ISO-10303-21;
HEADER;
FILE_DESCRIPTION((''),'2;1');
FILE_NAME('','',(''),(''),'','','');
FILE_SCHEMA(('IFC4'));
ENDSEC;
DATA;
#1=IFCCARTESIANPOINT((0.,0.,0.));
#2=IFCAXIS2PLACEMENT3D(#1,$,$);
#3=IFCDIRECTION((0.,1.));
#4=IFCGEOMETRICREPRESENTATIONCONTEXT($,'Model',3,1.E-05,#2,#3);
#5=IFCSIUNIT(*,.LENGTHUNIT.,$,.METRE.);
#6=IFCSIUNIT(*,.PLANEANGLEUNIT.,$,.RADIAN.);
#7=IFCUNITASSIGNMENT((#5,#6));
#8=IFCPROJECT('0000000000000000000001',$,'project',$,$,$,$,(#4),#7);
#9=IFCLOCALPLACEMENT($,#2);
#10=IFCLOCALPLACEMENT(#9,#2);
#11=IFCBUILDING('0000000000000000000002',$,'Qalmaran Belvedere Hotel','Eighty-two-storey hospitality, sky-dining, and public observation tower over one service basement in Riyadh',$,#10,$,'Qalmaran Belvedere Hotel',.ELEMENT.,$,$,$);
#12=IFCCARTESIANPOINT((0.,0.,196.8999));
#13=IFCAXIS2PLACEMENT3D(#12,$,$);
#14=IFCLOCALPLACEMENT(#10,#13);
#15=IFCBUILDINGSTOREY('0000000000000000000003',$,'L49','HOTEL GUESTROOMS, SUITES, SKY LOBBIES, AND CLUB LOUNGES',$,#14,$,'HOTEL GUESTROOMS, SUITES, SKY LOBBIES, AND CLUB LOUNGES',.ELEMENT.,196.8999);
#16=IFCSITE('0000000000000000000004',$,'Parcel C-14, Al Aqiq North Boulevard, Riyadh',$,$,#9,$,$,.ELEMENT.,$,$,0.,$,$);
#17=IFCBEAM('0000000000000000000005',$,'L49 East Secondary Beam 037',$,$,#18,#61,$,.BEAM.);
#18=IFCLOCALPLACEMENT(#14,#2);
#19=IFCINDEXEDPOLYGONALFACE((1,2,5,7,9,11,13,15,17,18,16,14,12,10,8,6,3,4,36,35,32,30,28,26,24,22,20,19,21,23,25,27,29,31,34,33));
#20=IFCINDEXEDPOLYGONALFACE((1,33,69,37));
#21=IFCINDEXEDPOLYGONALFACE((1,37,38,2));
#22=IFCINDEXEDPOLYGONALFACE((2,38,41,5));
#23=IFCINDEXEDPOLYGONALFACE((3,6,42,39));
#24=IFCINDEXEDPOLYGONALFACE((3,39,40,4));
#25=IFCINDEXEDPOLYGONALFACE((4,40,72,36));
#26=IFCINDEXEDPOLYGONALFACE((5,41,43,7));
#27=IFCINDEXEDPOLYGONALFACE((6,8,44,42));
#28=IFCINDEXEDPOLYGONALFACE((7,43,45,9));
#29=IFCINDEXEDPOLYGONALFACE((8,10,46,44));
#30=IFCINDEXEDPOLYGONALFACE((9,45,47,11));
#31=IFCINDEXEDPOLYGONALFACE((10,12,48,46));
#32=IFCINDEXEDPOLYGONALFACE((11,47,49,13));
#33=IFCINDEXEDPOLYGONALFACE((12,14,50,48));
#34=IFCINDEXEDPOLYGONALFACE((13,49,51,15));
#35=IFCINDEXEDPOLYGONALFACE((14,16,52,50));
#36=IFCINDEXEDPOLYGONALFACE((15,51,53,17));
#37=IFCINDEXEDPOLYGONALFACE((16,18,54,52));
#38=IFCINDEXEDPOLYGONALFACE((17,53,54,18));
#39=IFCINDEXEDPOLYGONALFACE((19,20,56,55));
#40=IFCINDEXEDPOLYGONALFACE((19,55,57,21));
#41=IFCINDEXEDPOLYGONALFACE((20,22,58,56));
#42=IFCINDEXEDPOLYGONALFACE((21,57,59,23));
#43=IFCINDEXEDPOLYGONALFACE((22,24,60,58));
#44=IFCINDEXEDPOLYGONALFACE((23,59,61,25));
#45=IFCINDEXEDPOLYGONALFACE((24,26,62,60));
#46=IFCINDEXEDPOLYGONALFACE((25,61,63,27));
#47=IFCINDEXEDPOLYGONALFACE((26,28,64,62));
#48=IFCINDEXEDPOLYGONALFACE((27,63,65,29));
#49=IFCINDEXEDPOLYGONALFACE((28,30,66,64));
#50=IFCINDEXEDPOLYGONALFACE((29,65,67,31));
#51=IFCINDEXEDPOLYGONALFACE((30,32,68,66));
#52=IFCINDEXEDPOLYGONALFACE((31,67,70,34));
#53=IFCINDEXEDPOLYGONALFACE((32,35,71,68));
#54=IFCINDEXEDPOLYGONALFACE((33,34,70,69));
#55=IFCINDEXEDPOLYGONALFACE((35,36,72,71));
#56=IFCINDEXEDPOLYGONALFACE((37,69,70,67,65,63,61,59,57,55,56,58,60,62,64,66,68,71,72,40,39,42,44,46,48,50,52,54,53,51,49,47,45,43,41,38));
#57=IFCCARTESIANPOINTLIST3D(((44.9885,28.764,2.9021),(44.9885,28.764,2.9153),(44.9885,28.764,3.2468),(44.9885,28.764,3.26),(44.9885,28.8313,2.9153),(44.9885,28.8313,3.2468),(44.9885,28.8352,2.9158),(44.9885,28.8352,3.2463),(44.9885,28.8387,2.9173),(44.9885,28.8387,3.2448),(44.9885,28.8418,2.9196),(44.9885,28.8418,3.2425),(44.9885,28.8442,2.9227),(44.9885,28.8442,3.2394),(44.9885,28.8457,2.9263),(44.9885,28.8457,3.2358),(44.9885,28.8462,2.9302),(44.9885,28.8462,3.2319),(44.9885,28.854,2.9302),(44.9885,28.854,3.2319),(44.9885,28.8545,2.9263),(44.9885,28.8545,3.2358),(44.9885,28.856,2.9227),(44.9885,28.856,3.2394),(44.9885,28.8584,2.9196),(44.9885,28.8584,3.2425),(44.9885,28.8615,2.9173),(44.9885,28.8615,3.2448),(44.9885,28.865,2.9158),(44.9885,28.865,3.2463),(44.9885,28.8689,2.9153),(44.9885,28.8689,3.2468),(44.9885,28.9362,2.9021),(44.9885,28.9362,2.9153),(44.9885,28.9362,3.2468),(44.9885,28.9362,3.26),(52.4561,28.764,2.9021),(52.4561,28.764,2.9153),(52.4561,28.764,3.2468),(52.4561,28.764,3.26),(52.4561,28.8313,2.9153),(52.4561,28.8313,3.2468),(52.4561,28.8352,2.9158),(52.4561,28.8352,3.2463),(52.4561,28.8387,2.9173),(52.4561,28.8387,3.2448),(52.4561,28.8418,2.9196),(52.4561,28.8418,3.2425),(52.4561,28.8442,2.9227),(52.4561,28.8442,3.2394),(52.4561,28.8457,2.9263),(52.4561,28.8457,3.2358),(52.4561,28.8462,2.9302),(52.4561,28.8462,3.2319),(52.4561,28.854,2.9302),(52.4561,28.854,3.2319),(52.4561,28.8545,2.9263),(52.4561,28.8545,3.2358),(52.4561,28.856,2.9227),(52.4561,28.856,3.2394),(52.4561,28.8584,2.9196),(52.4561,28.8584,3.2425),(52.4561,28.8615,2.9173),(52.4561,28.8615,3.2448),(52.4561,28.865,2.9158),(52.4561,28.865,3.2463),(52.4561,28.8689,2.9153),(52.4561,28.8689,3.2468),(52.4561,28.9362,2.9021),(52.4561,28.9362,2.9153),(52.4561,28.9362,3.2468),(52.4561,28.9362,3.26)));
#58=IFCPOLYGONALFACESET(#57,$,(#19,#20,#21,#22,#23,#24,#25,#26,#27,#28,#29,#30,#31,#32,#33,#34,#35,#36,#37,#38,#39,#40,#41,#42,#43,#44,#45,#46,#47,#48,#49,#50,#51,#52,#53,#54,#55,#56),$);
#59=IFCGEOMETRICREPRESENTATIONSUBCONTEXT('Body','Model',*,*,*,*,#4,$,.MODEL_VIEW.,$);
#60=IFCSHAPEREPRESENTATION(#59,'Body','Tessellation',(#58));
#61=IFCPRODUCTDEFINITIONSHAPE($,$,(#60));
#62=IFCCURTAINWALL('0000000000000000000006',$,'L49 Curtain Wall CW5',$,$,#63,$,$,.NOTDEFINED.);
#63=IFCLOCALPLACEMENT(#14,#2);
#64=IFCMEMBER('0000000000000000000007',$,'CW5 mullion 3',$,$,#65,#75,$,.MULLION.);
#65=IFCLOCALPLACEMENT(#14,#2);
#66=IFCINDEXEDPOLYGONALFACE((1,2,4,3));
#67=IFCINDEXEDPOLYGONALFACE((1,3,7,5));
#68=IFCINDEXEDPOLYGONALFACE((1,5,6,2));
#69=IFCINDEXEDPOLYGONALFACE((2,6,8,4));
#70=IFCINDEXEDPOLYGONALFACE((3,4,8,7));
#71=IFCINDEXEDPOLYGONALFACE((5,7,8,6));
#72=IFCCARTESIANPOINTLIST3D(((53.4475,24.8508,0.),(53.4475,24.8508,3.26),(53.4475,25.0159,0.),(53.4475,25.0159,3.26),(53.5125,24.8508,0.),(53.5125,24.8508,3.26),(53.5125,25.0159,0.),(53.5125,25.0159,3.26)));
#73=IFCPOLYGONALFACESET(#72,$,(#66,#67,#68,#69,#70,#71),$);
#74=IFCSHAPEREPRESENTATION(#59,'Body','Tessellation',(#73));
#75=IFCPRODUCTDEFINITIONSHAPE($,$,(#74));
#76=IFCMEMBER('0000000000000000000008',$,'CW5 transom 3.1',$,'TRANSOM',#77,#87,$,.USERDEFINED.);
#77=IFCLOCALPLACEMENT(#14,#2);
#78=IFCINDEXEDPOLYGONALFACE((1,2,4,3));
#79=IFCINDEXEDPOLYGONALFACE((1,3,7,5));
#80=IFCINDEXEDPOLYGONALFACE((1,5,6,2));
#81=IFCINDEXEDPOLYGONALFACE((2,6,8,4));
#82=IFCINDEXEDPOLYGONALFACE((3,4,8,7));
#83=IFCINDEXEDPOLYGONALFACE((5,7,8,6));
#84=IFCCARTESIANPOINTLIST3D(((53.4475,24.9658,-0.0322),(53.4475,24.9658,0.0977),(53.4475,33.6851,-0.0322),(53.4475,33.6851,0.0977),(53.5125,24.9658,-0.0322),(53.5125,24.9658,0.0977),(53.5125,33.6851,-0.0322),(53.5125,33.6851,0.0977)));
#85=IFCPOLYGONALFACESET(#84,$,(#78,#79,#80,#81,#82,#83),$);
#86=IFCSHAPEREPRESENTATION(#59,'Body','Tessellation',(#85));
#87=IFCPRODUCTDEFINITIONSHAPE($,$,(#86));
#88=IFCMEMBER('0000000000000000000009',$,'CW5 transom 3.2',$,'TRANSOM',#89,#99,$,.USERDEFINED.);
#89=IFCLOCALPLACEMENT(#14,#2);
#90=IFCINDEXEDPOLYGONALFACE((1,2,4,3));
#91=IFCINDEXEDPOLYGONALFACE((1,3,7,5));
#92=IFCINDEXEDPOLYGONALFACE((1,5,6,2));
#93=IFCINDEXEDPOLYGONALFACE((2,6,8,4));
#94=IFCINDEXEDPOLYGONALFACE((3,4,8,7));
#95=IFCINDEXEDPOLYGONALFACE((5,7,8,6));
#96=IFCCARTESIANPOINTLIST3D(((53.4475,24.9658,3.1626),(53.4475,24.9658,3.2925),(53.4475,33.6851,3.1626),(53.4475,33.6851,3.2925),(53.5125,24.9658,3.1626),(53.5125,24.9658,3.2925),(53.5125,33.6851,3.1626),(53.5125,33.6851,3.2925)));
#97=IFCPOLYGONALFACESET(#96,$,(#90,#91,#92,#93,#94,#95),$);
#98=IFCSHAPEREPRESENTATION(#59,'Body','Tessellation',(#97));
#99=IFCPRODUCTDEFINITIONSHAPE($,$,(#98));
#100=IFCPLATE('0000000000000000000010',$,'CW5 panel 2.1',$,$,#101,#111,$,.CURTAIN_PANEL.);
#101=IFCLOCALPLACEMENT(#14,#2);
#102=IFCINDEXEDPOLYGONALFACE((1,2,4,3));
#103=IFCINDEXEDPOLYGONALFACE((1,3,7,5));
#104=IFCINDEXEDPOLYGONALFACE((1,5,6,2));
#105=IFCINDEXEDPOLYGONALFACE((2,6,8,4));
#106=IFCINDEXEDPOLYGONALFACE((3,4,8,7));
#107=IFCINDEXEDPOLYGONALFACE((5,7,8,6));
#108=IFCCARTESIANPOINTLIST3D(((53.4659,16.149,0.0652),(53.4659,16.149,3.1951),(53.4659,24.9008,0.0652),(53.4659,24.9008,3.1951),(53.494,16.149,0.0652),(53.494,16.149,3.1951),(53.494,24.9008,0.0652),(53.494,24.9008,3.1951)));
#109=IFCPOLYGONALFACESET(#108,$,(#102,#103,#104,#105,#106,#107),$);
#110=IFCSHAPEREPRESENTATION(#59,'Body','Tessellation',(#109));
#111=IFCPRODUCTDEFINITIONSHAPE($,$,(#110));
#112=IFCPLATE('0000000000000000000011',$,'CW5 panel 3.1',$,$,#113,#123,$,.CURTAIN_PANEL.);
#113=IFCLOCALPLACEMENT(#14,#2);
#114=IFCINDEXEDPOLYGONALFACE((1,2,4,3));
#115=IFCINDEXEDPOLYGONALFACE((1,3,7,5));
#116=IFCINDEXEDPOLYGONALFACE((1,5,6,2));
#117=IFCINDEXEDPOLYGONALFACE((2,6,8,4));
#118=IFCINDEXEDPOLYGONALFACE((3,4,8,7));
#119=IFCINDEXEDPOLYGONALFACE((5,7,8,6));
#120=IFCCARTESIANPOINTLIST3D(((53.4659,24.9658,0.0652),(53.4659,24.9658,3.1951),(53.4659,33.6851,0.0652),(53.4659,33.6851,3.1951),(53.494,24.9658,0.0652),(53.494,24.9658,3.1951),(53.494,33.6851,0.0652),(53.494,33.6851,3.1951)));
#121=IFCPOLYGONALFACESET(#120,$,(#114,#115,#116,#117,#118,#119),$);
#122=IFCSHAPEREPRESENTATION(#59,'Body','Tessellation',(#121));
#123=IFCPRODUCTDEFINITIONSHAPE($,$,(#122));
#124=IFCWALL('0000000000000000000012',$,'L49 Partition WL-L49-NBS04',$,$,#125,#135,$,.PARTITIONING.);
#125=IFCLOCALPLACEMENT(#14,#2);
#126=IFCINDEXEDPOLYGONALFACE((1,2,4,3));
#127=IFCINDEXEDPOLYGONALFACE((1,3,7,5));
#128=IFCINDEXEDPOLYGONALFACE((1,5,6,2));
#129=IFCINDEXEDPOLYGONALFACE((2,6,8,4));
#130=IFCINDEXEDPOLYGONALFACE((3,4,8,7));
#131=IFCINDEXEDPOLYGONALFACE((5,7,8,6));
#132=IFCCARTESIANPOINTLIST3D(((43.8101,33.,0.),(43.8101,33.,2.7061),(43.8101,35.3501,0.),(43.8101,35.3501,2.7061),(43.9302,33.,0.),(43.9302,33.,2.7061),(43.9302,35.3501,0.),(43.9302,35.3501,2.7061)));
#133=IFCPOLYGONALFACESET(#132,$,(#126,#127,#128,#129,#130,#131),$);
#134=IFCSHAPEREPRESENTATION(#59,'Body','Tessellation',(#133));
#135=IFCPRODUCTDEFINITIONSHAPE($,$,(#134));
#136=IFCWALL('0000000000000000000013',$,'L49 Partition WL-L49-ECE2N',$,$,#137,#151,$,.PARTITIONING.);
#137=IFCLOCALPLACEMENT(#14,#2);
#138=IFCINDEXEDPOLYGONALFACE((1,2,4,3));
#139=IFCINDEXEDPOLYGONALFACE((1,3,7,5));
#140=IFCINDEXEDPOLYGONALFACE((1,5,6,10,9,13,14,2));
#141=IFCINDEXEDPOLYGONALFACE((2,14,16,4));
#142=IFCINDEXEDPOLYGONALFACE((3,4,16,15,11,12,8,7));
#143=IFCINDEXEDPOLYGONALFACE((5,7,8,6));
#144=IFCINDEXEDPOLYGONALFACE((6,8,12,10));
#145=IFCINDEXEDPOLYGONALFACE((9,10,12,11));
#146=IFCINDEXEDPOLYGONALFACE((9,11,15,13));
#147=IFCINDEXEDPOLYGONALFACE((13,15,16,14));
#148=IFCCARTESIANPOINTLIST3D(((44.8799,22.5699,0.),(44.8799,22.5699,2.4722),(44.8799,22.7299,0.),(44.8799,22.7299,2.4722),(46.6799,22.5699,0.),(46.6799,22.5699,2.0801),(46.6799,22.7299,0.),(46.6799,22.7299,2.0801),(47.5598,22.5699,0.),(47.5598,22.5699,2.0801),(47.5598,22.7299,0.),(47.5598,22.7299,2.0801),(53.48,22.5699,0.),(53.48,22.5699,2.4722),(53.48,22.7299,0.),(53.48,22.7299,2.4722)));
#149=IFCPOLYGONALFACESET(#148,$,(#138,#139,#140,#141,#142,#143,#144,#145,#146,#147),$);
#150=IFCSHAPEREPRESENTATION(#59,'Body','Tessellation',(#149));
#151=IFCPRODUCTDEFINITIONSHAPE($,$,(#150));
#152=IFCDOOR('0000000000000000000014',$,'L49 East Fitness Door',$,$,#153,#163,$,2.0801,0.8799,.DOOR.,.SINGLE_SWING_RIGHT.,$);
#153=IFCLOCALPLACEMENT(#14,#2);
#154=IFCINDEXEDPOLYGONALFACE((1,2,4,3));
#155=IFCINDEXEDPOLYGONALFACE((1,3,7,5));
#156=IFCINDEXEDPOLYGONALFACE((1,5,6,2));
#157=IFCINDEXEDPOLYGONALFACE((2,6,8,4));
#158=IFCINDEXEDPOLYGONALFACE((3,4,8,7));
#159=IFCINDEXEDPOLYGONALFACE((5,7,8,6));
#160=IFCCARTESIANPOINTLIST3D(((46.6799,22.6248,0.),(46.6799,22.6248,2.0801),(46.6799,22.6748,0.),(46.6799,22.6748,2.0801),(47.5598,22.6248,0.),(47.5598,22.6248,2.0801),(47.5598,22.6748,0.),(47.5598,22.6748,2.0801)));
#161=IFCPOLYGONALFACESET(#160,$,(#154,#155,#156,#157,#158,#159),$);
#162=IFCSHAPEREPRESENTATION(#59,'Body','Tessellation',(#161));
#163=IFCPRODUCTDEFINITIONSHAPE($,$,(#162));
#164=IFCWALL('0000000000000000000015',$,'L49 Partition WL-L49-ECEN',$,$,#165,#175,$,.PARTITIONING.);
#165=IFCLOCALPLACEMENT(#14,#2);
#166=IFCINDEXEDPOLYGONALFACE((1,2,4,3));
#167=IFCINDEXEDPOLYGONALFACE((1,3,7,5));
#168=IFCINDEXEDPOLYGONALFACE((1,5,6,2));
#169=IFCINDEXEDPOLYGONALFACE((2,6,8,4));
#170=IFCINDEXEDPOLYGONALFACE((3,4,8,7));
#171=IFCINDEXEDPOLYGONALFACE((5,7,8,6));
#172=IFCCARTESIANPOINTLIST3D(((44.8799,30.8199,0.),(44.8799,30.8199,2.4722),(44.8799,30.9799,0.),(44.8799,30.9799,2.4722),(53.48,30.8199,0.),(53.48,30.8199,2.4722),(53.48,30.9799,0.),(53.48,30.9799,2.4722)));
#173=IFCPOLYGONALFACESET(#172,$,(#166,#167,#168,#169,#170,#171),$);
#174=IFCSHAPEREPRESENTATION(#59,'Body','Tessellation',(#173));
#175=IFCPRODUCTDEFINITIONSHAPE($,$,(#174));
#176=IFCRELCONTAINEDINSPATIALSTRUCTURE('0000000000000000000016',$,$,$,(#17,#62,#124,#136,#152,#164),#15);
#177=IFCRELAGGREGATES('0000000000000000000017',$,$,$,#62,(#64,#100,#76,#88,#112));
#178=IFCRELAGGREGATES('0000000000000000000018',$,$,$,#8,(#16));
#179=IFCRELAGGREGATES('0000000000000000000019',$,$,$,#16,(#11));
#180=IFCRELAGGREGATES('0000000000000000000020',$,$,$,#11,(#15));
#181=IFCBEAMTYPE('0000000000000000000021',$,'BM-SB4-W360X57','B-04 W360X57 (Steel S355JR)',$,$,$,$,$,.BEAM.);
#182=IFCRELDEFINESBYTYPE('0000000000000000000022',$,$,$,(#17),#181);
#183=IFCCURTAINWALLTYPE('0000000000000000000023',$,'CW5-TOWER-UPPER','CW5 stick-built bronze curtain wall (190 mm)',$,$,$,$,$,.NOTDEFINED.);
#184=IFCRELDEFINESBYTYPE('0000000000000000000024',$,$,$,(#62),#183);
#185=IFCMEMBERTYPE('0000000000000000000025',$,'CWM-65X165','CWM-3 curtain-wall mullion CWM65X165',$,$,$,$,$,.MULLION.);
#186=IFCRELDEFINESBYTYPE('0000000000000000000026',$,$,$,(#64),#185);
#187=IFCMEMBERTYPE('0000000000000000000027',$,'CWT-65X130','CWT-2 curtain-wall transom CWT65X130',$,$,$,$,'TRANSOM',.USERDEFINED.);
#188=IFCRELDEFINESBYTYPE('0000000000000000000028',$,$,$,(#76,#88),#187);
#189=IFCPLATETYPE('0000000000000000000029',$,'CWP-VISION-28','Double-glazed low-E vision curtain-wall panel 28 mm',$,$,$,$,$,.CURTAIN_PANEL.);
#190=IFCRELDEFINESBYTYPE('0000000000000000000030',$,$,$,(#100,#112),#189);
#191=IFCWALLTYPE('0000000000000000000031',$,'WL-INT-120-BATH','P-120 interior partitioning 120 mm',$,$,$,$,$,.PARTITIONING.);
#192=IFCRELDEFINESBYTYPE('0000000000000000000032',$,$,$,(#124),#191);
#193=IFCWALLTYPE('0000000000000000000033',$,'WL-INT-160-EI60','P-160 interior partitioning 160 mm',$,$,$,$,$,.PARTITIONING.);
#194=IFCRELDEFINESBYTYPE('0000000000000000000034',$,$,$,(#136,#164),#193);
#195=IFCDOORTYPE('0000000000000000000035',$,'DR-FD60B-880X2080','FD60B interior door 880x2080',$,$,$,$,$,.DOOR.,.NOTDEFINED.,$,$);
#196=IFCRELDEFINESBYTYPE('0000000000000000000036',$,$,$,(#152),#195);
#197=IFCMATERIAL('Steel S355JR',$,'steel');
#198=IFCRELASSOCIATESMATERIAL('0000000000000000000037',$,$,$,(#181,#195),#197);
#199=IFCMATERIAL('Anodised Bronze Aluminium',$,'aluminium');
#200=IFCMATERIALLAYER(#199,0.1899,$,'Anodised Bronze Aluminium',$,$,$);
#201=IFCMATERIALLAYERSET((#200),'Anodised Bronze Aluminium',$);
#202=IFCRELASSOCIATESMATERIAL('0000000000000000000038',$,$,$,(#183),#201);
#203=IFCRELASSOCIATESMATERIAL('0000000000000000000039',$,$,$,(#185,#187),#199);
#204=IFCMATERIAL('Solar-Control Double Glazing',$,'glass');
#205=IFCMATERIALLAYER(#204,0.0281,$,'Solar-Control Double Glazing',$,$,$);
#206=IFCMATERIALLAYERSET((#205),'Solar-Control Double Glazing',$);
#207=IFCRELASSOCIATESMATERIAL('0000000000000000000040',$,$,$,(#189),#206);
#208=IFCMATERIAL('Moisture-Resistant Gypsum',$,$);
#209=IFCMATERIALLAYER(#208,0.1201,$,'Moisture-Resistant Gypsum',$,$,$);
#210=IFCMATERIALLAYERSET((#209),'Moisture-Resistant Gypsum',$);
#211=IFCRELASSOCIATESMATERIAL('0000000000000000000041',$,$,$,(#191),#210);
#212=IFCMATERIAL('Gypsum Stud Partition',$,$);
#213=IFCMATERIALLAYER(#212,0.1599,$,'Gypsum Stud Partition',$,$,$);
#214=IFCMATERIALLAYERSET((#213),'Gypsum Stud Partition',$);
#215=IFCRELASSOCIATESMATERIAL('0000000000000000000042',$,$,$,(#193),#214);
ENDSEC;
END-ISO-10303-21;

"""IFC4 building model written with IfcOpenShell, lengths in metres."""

from ifc_helpers import new_model, si_unit, direction, frame, frame_2d, origin, origin_2d, place, context, subcontext, project, spatial, rectangle, i_section, extrude, material, layer, layer_set, material_profile, profile_set, type_object, element, fill, aggregate, save


model = new_model("IFC4")

# Units and contexts
model_context = context("Model", 3, precision=1e-05, world=origin(), true_north=direction((0.0, 1.0)))
body_context = subcontext(model_context, "Body", "Model", "MODEL_VIEW")
ifc_project = project(units=[si_unit("LENGTHUNIT", "METRE"), si_unit("PLANEANGLEUNIT", "RADIAN")], contexts=[model_context])

# Site, building, storey
site_placement = place(None, origin())
site = spatial("IfcSite", under=ifc_project, at=site_placement, Name="Parcel C-14, Al Aqiq North Boulevard, Riyadh", CompositionType="ELEMENT", RefElevation=0.0)
building_placement = place(site_placement, origin())
building = spatial("IfcBuilding", under=site, at=building_placement, Name="Qalmaran Belvedere Hotel", Description="Eighty-two-storey hospitality, sky-dining, and public observation tower over one service basement in Riyadh", LongName="Qalmaran Belvedere Hotel", CompositionType="ELEMENT")
storey_placement = place(building_placement, frame((0.0, 0.0, 196.8999)))
storey = spatial("IfcBuildingStorey", under=building, at=storey_placement, Name="L49", Description="HOTEL GUESTROOMS, SUITES, SKY LOBBIES, AND CLUB LOUNGES", LongName="HOTEL GUESTROOMS, SUITES, SKY LOBBIES, AND CLUB LOUNGES", CompositionType="ELEMENT", Elevation=196.8999)

# Beam
ifc_material_1 = material(Name="Steel S355JR", Category="steel")
ifc_material_profile_1 = material_profile(ifc_material_1, i_section(OverallWidth=0.1721, OverallDepth=0.3579, WebThickness=0.0078, FlangeThickness=0.0132, FilletRadius=0.0149, at=origin_2d()), Name="W360X57")
ifc_profile_set_1 = profile_set([ifc_material_profile_1], Name="Steel S355JR")
beam_type_1 = type_object("IfcBeamType", Name="BM-SB4-W360X57", Description="B-04 W360X57 (Steel S355JR)", PredefinedType="BEAM", material=ifc_profile_set_1)
for number, where, z_axis, x_axis, name in (
    (1, (44.9885, 28.8501, 3.0811), (1.0, 0.0, 0.0), (0.0, 1.0, 0.0), "L49 East Secondary Beam 037"),
):
    element("IfcBeam", number, at=place(storey_placement, frame(where, z_axis=z_axis, x_axis=x_axis)), inside=storey, type_object=beam_type_1, Name=name, PredefinedType="BEAM", context=body_context, shape_type="SweptSolid", body=[
        extrude(i_section(OverallWidth=0.1721, OverallDepth=0.3579, WebThickness=0.0078, FlangeThickness=0.0132, FilletRadius=0.0149, at=origin_2d()), origin(), (0.0, 0.0, 1.0), 7.4675),
    ])

# Curtain wall, members, plates
ifc_material_2 = material(Name="Anodised Bronze Aluminium", Category="aluminium")
ifc_layer_1 = layer(ifc_material_2, 0.1899, Name="Anodised Bronze Aluminium")
ifc_layer_set_1 = layer_set([ifc_layer_1], Name="Anodised Bronze Aluminium")
curtain_wall_type = type_object("IfcCurtainWallType", Name="CW5-TOWER-UPPER", Description="CW5 stick-built bronze curtain wall (190 mm)", PredefinedType="NOTDEFINED", material=ifc_layer_set_1)
curtain_wall_placement = place(storey_placement, origin())
curtain_wall = element("IfcCurtainWall", 2, at=curtain_wall_placement, inside=storey, type_object=curtain_wall_type, Name="L49 Curtain Wall CW5", PredefinedType="NOTDEFINED")
ifc_material_profile_2 = material_profile(ifc_material_2, rectangle(XDim=0.0649, YDim=0.165, at=origin_2d()), Name="CWM65X165")
ifc_profile_set_2 = profile_set([ifc_material_profile_2], Name="Anodised Bronze Aluminium")
member_type_1 = type_object("IfcMemberType", Name="CWM-65X165", Description="CWM-3 curtain-wall mullion CWM65X165", PredefinedType="MULLION", material=ifc_profile_set_2)
member_1_placement = place(storey_placement, frame((53.48, 24.9333, 0.0), z_axis=(0.0, 0.0, 1.0), x_axis=(-1.0, 0.0, 0.0)))
member_1 = element("IfcMember", 3, at=member_1_placement, type_object=member_type_1, Name="CW5 mullion 3", PredefinedType="MULLION", context=body_context, shape_type="SweptSolid", body=[
    extrude(rectangle(XDim=0.0649, YDim=0.165, at=origin_2d()), origin(), (0.0, 0.0, 1.0), 3.26),
])
ifc_material_profile_3 = material_profile(ifc_material_2, rectangle(XDim=0.0649, YDim=0.1299, at=origin_2d()), Name="CWT65X130")
ifc_profile_set_3 = profile_set([ifc_material_profile_3], Name="Anodised Bronze Aluminium")
member_type_2 = type_object("IfcMemberType", Name="CWT-65X130", Description="CWT-2 curtain-wall transom CWT65X130", ElementType="TRANSOM", PredefinedType="USERDEFINED", material=ifc_profile_set_3)
member_2_placement = place(storey_placement, frame((53.48, 24.9658, 0.0327), z_axis=(0.0, 1.0, 0.0), x_axis=(-1.0, 0.0, 0.0)))
member_2 = element("IfcMember", 4, at=member_2_placement, type_object=member_type_2, Name="CW5 transom 3.1", ObjectType="TRANSOM", PredefinedType="USERDEFINED", context=body_context, shape_type="SweptSolid", body=[
    extrude(rectangle(XDim=0.0649, YDim=0.1299, at=origin_2d()), origin(), (0.0, 0.0, 1.0), 8.7192),
])
member_3_placement = place(storey_placement, frame((53.48, 24.9658, 3.2275), z_axis=(0.0, 1.0, 0.0), x_axis=(-1.0, 0.0, 0.0)))
member_3 = element("IfcMember", 5, at=member_3_placement, type_object=member_type_2, Name="CW5 transom 3.2", ObjectType="TRANSOM", PredefinedType="USERDEFINED", context=body_context, shape_type="SweptSolid", body=[
    extrude(rectangle(XDim=0.0649, YDim=0.1299, at=origin_2d()), origin(), (0.0, 0.0, 1.0), 8.7192),
])
ifc_material_3 = material(Name="Solar-Control Double Glazing", Category="glass")
ifc_layer_2 = layer(ifc_material_3, 0.0281, Name="Solar-Control Double Glazing")
ifc_layer_set_2 = layer_set([ifc_layer_2], Name="Solar-Control Double Glazing")
plate_type = type_object("IfcPlateType", Name="CWP-VISION-28", Description="Double-glazed low-E vision curtain-wall panel 28 mm", PredefinedType="CURTAIN_PANEL", material=ifc_layer_set_2)
plate_1_placement = place(storey_placement, frame((53.48, 20.5249, 0.0652), z_axis=(0.0, 0.0, 1.0), x_axis=(0.0, 1.0, 0.0)))
plate_1 = element("IfcPlate", 6, at=plate_1_placement, type_object=plate_type, Name="CW5 panel 2.1", PredefinedType="CURTAIN_PANEL", context=body_context, shape_type="SweptSolid", body=[
    extrude(rectangle(XDim=8.7517, YDim=0.0281, at=origin_2d()), origin(), (0.0, 0.0, 1.0), 3.1299),
])
plate_2_placement = place(storey_placement, frame((53.48, 29.3254, 0.0652), z_axis=(0.0, 0.0, 1.0), x_axis=(0.0, 1.0, 0.0)))
plate_2 = element("IfcPlate", 7, at=plate_2_placement, type_object=plate_type, Name="CW5 panel 3.1", PredefinedType="CURTAIN_PANEL", context=body_context, shape_type="SweptSolid", body=[
    extrude(rectangle(XDim=8.7192, YDim=0.0281, at=origin_2d()), origin(), (0.0, 0.0, 1.0), 3.1299),
])
aggregate(curtain_wall, [member_1, plate_1, member_2, member_3, plate_2])

# Wall
ifc_material_4 = material(Name="Moisture-Resistant Gypsum")
ifc_layer_3 = layer(ifc_material_4, 0.1201, Name="Moisture-Resistant Gypsum")
ifc_layer_set_3 = layer_set([ifc_layer_3], Name="Moisture-Resistant Gypsum")
wall_type_1 = type_object("IfcWallType", Name="WL-INT-120-BATH", Description="P-120 interior partitioning 120 mm", PredefinedType="PARTITIONING", material=ifc_layer_set_3)
wall_1_placement = place(storey_placement, frame((43.8701, 33.0, 0.0), z_axis=(0.0, 0.0, 1.0), x_axis=(0.0, 1.0, 0.0)))
element("IfcWall", 8, at=wall_1_placement, inside=storey, type_object=wall_type_1, Name="L49 Partition WL-L49-NBS04", PredefinedType="PARTITIONING", context=body_context, shape_type="SweptSolid", body=[
    extrude(rectangle(XDim=2.3501, YDim=0.1201, at=frame_2d((1.175, 0.0))), origin(), (0.0, 0.0, 1.0), 2.7061),
])

# Wall, opening, door
ifc_material_5 = material(Name="Gypsum Stud Partition")
ifc_layer_4 = layer(ifc_material_5, 0.1599, Name="Gypsum Stud Partition")
ifc_layer_set_4 = layer_set([ifc_layer_4], Name="Gypsum Stud Partition")
wall_type_2 = type_object("IfcWallType", Name="WL-INT-160-EI60", Description="P-160 interior partitioning 160 mm", PredefinedType="PARTITIONING", material=ifc_layer_set_4)
wall_2_placement = place(storey_placement, frame((44.8799, 22.6499, 0.0), z_axis=(0.0, 0.0, 1.0), x_axis=(1.0, 0.0, 0.0)))
wall_2 = element("IfcWall", 9, at=wall_2_placement, inside=storey, type_object=wall_type_2, Name="L49 Partition WL-L49-ECE2N", PredefinedType="PARTITIONING", context=body_context, shape_type="SweptSolid", body=[
    extrude(rectangle(XDim=8.6001, YDim=0.1599, at=frame_2d((4.3, 0.0))), origin(), (0.0, 0.0, 1.0), 2.4722),
])
opening_1_placement = place(wall_2_placement, frame((1.8, 0.0, 0.0)))
opening_1 = element("IfcOpeningElement", 10, at=opening_1_placement, cuts=wall_2, PredefinedType="OPENING", context=body_context, shape_type="SweptSolid", body=[
    extrude(rectangle(XDim=0.8799, YDim=2.0801, at=frame_2d((0.4399, 1.04))), frame((0.0, 0.0898, 0.0), z_axis=(0.0, -1.0, 0.0), x_axis=(1.0, 0.0, 0.0)), (0.0, 0.0, 1.0), 0.1799),
])
door_type_1 = type_object("IfcDoorType", Name="DR-FD60B-880X2080", Description="FD60B interior door 880x2080", OperationType="NOTDEFINED", PredefinedType="DOOR", material=ifc_material_1)
door_1_placement = place(opening_1_placement, origin())
door_1 = element("IfcDoor", 11, at=door_1_placement, inside=storey, type_object=door_type_1, Name="L49 East Fitness Door", OperationType="SINGLE_SWING_RIGHT", OverallHeight=2.0801, OverallWidth=0.8799, PredefinedType="DOOR", context=body_context, shape_type="SweptSolid", body=[
    extrude(rectangle(XDim=0.8799, YDim=2.0801, at=frame_2d((0.4399, 1.04))), frame((0.0, 0.0249, 0.0), z_axis=(0.0, -1.0, 0.0), x_axis=(1.0, 0.0, 0.0)), (0.0, 0.0, 1.0), 0.05),
])
fill(opening_1, door_1)

# Wall
wall_3_placement = place(storey_placement, frame((44.8799, 30.8999, 0.0), z_axis=(0.0, 0.0, 1.0), x_axis=(1.0, 0.0, 0.0)))
element("IfcWall", 12, at=wall_3_placement, inside=storey, type_object=wall_type_2, Name="L49 Partition WL-L49-ECEN", PredefinedType="PARTITIONING", context=body_context, shape_type="SweptSolid", body=[
    extrude(rectangle(XDim=8.6001, YDim=0.1599, at=frame_2d((4.3, 0.0))), origin(), (0.0, 0.0, 1.0), 2.4722),
])

save(model, "model.ifc")
